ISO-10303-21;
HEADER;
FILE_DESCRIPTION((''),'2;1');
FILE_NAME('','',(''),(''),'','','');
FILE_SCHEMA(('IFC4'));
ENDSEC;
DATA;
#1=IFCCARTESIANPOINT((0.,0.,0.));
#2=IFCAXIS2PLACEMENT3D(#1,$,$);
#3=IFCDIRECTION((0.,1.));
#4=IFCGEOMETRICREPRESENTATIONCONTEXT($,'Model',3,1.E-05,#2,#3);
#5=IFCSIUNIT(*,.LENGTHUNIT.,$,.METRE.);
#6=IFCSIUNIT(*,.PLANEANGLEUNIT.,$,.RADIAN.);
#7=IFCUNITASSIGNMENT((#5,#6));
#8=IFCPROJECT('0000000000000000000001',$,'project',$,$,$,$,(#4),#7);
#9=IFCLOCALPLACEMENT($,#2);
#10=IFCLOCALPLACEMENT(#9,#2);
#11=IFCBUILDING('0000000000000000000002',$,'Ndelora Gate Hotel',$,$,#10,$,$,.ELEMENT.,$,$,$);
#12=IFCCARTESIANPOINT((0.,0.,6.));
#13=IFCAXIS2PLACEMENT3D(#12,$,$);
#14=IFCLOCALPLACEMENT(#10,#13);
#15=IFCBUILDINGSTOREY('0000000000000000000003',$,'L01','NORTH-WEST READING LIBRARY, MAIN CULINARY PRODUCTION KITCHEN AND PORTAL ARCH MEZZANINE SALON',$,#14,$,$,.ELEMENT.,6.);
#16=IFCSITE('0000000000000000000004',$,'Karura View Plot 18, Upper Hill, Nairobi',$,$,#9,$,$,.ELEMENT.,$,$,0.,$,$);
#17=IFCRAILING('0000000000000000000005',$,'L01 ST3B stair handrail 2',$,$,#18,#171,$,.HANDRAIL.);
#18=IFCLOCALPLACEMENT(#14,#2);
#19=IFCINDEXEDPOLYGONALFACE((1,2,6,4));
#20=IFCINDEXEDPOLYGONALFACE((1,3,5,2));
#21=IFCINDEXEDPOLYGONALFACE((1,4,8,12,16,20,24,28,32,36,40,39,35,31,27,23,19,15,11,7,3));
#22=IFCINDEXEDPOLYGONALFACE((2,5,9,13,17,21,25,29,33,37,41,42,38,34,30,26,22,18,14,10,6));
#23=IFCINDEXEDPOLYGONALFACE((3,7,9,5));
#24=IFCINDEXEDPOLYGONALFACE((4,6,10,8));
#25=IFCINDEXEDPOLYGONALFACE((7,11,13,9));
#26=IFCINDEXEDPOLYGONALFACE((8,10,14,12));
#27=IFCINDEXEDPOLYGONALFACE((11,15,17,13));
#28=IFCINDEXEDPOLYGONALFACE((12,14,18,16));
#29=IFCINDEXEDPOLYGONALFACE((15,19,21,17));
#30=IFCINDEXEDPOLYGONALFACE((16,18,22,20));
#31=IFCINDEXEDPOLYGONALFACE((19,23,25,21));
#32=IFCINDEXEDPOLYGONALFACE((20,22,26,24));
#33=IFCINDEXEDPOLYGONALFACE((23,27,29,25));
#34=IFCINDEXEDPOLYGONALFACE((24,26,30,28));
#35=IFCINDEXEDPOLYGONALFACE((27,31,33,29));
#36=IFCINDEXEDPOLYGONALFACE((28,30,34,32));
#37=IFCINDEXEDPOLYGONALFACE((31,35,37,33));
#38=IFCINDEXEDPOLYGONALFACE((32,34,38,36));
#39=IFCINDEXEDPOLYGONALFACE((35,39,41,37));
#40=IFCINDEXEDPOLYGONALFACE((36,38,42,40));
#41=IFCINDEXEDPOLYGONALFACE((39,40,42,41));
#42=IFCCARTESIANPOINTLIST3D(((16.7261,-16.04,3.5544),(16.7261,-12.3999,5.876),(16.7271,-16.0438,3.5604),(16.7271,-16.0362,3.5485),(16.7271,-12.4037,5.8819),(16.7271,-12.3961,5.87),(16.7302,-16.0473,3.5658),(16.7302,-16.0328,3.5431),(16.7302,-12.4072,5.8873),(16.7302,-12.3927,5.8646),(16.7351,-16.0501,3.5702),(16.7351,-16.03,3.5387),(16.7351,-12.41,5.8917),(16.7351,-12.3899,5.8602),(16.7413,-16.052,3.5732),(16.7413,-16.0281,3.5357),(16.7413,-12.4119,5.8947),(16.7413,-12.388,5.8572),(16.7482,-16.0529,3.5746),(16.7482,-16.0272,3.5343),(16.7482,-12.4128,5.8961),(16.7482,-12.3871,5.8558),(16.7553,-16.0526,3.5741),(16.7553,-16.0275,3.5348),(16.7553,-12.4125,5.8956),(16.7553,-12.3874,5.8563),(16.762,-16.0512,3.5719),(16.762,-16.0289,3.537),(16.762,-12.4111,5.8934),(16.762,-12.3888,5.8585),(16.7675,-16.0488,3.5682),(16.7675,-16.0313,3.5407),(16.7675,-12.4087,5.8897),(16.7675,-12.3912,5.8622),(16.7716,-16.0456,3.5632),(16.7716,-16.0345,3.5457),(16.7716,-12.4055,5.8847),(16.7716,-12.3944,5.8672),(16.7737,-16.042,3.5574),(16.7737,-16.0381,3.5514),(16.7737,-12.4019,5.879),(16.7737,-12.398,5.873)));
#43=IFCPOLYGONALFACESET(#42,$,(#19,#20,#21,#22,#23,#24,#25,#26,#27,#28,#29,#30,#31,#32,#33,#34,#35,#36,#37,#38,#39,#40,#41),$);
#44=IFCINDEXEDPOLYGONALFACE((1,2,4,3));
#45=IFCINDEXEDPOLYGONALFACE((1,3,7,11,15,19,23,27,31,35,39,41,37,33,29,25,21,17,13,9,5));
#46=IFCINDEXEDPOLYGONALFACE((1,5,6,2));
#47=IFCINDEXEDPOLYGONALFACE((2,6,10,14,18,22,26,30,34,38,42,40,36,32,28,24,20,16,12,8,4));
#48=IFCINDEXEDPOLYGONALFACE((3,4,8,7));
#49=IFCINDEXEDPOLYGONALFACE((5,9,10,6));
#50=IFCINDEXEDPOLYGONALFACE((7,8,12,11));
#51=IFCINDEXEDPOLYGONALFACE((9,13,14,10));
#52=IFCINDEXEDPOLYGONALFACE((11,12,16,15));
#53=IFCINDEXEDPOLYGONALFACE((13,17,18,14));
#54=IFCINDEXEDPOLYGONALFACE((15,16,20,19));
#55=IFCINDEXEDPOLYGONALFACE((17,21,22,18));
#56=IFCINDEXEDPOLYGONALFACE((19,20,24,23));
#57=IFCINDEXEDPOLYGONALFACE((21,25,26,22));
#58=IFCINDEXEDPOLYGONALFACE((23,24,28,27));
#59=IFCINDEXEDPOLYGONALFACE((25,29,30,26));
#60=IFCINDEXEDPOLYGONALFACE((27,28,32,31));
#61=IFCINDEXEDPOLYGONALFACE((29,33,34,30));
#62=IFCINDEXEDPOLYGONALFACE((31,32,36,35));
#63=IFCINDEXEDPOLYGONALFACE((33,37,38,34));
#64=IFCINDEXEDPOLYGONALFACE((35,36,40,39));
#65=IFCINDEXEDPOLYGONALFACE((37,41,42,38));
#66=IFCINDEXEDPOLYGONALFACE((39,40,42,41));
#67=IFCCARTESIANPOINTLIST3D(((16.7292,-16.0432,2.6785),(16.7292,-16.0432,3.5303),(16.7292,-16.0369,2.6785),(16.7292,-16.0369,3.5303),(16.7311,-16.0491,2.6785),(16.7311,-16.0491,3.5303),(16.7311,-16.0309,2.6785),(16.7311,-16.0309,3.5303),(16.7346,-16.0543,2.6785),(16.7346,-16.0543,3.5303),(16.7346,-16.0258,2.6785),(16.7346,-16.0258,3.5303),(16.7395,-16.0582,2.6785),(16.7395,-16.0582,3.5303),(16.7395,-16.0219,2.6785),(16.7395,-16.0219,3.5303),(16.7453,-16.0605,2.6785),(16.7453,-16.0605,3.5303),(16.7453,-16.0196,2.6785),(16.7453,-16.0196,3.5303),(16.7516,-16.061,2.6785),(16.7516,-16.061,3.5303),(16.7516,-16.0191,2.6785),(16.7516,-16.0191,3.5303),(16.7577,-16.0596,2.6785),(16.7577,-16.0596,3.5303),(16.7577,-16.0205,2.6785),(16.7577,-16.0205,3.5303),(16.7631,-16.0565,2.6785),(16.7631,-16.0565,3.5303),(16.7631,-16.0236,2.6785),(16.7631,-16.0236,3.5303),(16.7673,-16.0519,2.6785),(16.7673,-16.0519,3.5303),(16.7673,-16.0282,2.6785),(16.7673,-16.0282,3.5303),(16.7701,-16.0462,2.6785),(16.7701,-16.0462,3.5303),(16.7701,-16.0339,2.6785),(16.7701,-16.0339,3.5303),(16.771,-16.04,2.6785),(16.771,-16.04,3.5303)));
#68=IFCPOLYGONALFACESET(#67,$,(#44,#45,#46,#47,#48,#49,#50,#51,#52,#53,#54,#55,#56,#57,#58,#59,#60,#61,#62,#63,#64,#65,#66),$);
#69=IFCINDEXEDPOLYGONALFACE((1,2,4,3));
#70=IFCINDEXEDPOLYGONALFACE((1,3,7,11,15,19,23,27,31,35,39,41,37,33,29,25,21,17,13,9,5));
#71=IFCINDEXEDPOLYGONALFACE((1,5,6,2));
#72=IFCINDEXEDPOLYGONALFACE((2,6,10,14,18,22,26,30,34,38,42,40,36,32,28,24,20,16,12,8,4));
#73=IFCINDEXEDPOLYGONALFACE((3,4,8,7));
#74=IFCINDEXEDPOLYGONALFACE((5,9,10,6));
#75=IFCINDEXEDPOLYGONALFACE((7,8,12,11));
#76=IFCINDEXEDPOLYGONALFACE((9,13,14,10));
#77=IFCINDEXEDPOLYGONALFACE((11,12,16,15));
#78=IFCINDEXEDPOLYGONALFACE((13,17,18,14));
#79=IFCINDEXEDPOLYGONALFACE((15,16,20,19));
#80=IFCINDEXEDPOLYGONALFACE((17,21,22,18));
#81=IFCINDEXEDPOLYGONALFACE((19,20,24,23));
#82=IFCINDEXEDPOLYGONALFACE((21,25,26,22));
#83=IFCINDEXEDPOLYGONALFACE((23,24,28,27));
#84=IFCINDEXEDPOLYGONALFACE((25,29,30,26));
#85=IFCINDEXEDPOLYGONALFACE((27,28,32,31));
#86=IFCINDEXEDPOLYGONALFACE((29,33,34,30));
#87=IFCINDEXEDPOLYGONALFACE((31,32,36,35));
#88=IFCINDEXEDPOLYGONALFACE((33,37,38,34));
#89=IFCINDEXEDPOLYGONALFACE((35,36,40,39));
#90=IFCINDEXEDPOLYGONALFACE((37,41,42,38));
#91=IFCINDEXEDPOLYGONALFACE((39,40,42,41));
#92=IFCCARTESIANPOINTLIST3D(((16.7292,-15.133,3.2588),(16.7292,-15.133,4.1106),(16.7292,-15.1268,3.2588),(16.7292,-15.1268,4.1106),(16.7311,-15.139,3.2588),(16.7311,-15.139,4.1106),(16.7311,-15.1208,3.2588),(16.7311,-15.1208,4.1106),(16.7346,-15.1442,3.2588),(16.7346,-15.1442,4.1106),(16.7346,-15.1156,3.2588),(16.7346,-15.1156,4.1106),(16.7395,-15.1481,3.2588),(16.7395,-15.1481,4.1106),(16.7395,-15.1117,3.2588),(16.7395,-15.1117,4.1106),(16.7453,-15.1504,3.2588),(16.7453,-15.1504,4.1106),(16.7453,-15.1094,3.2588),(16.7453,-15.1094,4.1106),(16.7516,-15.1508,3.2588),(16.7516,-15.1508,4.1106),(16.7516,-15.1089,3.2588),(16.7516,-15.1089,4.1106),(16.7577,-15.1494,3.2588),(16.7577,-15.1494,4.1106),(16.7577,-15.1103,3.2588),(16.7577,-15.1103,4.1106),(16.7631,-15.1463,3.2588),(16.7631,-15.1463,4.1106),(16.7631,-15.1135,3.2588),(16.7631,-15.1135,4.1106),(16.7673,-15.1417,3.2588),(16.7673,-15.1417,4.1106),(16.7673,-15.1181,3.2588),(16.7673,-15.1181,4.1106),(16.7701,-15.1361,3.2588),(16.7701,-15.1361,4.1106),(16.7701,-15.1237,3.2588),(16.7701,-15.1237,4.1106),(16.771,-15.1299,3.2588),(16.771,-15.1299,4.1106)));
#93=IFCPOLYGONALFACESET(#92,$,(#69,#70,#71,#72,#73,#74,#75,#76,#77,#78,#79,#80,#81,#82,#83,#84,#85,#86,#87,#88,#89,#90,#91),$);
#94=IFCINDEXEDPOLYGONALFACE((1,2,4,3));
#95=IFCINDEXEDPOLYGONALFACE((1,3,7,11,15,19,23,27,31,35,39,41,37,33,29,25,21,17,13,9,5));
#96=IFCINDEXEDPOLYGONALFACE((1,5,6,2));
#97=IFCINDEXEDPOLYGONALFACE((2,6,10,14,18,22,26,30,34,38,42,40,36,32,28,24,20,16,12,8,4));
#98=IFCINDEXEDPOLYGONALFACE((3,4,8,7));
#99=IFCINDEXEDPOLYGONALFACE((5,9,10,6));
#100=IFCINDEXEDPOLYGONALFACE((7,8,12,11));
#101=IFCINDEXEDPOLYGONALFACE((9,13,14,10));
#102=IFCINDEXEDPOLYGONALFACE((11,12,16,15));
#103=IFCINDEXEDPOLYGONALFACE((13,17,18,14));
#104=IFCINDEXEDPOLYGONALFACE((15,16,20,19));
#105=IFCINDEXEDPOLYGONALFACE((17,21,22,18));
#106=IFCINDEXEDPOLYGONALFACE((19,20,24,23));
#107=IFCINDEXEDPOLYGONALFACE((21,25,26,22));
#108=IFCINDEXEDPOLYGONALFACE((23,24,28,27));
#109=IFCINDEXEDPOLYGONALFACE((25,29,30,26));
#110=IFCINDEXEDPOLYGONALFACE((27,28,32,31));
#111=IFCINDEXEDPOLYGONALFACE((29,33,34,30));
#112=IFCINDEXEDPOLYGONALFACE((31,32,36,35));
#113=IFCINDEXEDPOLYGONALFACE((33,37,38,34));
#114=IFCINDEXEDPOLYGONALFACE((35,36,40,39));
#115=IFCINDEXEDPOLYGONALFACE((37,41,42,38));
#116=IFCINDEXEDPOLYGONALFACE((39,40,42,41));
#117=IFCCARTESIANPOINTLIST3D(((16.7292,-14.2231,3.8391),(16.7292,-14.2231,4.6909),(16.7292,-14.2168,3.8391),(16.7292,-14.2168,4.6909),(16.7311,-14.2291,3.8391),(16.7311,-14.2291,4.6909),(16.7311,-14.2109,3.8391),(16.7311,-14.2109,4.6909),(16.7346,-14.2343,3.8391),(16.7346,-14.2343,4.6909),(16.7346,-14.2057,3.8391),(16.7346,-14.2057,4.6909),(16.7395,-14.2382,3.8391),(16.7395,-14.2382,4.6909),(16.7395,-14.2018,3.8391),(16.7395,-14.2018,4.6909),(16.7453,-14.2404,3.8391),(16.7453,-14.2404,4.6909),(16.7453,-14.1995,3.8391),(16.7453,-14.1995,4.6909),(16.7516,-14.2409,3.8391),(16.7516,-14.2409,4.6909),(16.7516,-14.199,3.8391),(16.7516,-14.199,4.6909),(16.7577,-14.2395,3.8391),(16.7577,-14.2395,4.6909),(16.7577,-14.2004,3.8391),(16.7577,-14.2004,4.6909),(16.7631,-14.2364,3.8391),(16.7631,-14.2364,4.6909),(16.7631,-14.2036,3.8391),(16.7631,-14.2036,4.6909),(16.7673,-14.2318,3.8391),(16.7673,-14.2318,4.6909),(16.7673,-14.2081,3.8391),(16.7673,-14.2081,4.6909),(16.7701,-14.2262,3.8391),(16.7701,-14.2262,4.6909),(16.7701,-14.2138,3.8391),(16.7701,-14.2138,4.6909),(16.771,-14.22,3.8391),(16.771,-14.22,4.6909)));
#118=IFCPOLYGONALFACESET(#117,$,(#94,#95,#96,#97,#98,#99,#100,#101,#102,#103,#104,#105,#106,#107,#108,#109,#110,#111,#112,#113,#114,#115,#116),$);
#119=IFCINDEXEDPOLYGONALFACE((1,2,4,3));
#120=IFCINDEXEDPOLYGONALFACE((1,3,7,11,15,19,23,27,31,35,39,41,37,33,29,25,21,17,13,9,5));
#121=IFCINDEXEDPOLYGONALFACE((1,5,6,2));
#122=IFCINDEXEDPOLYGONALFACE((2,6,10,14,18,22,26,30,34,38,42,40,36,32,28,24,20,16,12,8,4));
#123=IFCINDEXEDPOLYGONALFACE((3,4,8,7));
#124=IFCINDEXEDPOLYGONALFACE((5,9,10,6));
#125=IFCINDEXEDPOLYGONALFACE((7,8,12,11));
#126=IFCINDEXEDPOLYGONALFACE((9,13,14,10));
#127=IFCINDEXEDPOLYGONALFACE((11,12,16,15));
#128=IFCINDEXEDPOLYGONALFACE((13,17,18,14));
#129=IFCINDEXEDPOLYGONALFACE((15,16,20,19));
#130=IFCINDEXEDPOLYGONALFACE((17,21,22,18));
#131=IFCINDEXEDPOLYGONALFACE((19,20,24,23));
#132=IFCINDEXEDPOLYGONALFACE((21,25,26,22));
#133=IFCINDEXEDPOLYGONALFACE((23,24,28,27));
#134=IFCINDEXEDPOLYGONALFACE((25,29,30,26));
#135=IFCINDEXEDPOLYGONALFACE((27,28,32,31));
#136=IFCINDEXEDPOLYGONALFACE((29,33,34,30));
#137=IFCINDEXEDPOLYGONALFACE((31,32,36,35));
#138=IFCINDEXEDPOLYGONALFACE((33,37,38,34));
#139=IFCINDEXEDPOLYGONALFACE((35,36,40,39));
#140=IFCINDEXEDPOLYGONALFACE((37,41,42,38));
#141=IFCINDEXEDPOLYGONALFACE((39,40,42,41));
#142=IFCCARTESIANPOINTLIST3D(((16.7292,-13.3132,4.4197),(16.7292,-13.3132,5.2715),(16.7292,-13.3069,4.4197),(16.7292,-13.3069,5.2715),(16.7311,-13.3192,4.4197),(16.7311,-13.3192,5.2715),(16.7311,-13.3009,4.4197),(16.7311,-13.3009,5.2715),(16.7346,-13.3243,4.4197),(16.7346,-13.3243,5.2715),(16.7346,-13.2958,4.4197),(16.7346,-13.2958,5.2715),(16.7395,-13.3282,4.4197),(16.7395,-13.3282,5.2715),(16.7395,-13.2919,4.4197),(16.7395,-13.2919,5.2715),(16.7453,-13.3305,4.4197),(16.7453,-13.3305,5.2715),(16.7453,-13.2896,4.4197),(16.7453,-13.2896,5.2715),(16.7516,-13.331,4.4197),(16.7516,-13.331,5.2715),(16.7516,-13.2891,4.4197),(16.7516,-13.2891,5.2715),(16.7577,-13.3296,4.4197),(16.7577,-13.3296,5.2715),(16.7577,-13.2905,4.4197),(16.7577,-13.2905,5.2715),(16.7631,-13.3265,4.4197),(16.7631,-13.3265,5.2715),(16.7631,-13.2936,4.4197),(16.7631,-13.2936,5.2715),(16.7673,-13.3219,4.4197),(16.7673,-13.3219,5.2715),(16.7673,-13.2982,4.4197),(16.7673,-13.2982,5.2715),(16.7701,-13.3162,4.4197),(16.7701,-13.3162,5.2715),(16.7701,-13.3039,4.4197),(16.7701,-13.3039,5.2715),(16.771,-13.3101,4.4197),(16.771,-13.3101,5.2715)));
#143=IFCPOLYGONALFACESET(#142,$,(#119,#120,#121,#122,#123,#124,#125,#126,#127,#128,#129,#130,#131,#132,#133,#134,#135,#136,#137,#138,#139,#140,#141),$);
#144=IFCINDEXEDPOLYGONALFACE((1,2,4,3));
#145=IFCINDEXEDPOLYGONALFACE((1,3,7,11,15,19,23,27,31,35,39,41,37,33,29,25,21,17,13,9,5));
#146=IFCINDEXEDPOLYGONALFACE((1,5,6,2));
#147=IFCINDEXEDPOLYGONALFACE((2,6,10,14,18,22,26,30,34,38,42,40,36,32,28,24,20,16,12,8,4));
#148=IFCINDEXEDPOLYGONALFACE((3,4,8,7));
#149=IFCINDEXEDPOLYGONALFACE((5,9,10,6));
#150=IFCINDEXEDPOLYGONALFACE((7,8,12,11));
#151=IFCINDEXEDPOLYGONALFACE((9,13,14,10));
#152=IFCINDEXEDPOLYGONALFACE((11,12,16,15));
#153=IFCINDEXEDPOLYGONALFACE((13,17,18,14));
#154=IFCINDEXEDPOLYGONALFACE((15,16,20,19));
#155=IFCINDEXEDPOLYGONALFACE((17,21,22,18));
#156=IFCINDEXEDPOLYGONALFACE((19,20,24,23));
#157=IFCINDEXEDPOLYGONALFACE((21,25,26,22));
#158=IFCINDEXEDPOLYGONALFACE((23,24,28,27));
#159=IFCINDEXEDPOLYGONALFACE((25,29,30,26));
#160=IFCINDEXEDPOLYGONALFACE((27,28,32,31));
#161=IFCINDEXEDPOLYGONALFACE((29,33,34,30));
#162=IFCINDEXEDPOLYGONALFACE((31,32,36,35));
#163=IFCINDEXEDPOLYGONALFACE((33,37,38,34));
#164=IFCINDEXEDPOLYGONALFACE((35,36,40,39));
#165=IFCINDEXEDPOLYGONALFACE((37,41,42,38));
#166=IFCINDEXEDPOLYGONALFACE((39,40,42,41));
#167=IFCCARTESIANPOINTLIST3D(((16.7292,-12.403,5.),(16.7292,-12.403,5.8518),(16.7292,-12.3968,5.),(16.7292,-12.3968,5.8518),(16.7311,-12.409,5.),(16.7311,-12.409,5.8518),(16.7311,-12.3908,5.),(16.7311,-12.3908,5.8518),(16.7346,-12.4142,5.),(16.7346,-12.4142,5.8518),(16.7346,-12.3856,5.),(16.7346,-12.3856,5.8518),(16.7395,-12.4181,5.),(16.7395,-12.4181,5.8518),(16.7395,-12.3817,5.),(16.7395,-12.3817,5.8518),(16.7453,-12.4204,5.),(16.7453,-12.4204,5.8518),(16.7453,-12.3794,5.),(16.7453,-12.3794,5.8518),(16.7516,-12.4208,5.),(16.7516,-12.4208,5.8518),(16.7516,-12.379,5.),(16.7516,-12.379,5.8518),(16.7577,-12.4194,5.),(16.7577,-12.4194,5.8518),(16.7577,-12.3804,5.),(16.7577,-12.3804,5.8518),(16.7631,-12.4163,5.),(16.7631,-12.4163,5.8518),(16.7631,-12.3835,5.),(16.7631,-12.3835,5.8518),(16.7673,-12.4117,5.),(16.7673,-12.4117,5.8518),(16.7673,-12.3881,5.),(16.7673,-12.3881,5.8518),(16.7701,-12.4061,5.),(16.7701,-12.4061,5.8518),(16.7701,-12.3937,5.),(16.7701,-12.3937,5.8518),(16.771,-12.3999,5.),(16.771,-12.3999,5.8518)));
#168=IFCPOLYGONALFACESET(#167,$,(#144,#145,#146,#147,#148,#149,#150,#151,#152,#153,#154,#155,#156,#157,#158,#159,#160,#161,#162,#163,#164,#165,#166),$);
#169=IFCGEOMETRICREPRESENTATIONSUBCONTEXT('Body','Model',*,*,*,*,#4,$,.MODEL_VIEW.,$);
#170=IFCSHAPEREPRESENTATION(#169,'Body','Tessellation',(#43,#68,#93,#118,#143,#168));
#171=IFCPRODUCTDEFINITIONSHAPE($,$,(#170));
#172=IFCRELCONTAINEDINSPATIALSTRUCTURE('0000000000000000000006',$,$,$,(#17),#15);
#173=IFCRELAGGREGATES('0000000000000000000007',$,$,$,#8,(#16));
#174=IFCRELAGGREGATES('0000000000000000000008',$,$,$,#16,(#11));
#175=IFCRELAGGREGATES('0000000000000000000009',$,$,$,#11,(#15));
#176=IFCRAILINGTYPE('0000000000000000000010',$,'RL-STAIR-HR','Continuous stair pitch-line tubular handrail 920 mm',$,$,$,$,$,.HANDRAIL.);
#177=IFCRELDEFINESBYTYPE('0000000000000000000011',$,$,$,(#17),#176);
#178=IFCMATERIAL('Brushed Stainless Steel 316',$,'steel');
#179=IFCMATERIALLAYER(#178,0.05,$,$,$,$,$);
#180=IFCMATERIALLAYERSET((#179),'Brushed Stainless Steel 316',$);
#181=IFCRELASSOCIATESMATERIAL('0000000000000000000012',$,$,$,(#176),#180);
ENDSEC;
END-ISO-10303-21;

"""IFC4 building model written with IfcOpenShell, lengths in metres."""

from ifc_helpers import new_model, si_unit, direction, frame, origin, origin_2d, place, context, subcontext, project, spatial, circle, extrude, material, layer, layer_set, type_object, element, save


model = new_model("IFC4")

# Units and contexts
model_context = context("Model", 3, precision=1e-05, world=origin(), true_north=direction((0.0, 1.0)))
body_context = subcontext(model_context, "Body", "Model", "MODEL_VIEW")
ifc_project = project(units=[si_unit("LENGTHUNIT", "METRE"), si_unit("PLANEANGLEUNIT", "RADIAN")], contexts=[model_context])

# Site, building, storey
site_placement = place(None, origin())
site = spatial("IfcSite", under=ifc_project, at=site_placement, Name="Karura View Plot 18, Upper Hill, Nairobi", CompositionType="ELEMENT", RefElevation=0.0)
building_placement = place(site_placement, origin())
building = spatial("IfcBuilding", under=site, at=building_placement, Name="Ndelora Gate Hotel", CompositionType="ELEMENT")
storey_placement = place(building_placement, frame((0.0, 0.0, 6.0)))
storey = spatial("IfcBuildingStorey", under=building, at=storey_placement, Name="L01", Description="NORTH-WEST READING LIBRARY, MAIN CULINARY PRODUCTION KITCHEN AND PORTAL ARCH MEZZANINE SALON", CompositionType="ELEMENT", Elevation=6.0)

# Railing
ifc_material_1 = material(Name="Brushed Stainless Steel 316", Category="steel")
ifc_layer_1 = layer(ifc_material_1, 0.05)
ifc_layer_set_1 = layer_set([ifc_layer_1], Name="Brushed Stainless Steel 316")
railing_type_1 = type_object("IfcRailingType", Name="RL-STAIR-HR", Description="Continuous stair pitch-line tubular handrail 920 mm", PredefinedType="HANDRAIL", material=ifc_layer_set_1)
railing_1_placement = place(storey_placement, frame((16.75, -16.04, 2.6785)))
element("IfcRailing", 1, at=railing_1_placement, inside=storey, type_object=railing_type_1, Name="L01 ST3B stair handrail 2", PredefinedType="HANDRAIL", context=body_context, shape_type="SweptSolid", body=[
    extrude(circle(Radius=0.0239, at=origin_2d()), frame((0.0, 0.0, 0.876), z_axis=(0.0, 0.843128, 0.537713), x_axis=(-1.0, 0.0, 0.0)), (0.0, 0.0, 1.0), 4.3174),
    extrude(circle(Radius=0.021, at=origin_2d()), origin(), (0.0, 0.0, 1.0), 0.8518),
    extrude(circle(Radius=0.021, at=origin_2d()), frame((0.0, 0.9102, 0.5803)), (0.0, 0.0, 1.0), 0.8518),
    extrude(circle(Radius=0.021, at=origin_2d()), frame((0.0, 1.8201, 1.1606)), (0.0, 0.0, 1.0), 0.8518),
    extrude(circle(Radius=0.021, at=origin_2d()), frame((0.0, 2.73, 1.7412)), (0.0, 0.0, 1.0), 0.8518),
    extrude(circle(Radius=0.021, at=origin_2d()), frame((0.0, 3.6401, 2.3215)), (0.0, 0.0, 1.0), 0.8518),
])

save(model, "model.ifc")
